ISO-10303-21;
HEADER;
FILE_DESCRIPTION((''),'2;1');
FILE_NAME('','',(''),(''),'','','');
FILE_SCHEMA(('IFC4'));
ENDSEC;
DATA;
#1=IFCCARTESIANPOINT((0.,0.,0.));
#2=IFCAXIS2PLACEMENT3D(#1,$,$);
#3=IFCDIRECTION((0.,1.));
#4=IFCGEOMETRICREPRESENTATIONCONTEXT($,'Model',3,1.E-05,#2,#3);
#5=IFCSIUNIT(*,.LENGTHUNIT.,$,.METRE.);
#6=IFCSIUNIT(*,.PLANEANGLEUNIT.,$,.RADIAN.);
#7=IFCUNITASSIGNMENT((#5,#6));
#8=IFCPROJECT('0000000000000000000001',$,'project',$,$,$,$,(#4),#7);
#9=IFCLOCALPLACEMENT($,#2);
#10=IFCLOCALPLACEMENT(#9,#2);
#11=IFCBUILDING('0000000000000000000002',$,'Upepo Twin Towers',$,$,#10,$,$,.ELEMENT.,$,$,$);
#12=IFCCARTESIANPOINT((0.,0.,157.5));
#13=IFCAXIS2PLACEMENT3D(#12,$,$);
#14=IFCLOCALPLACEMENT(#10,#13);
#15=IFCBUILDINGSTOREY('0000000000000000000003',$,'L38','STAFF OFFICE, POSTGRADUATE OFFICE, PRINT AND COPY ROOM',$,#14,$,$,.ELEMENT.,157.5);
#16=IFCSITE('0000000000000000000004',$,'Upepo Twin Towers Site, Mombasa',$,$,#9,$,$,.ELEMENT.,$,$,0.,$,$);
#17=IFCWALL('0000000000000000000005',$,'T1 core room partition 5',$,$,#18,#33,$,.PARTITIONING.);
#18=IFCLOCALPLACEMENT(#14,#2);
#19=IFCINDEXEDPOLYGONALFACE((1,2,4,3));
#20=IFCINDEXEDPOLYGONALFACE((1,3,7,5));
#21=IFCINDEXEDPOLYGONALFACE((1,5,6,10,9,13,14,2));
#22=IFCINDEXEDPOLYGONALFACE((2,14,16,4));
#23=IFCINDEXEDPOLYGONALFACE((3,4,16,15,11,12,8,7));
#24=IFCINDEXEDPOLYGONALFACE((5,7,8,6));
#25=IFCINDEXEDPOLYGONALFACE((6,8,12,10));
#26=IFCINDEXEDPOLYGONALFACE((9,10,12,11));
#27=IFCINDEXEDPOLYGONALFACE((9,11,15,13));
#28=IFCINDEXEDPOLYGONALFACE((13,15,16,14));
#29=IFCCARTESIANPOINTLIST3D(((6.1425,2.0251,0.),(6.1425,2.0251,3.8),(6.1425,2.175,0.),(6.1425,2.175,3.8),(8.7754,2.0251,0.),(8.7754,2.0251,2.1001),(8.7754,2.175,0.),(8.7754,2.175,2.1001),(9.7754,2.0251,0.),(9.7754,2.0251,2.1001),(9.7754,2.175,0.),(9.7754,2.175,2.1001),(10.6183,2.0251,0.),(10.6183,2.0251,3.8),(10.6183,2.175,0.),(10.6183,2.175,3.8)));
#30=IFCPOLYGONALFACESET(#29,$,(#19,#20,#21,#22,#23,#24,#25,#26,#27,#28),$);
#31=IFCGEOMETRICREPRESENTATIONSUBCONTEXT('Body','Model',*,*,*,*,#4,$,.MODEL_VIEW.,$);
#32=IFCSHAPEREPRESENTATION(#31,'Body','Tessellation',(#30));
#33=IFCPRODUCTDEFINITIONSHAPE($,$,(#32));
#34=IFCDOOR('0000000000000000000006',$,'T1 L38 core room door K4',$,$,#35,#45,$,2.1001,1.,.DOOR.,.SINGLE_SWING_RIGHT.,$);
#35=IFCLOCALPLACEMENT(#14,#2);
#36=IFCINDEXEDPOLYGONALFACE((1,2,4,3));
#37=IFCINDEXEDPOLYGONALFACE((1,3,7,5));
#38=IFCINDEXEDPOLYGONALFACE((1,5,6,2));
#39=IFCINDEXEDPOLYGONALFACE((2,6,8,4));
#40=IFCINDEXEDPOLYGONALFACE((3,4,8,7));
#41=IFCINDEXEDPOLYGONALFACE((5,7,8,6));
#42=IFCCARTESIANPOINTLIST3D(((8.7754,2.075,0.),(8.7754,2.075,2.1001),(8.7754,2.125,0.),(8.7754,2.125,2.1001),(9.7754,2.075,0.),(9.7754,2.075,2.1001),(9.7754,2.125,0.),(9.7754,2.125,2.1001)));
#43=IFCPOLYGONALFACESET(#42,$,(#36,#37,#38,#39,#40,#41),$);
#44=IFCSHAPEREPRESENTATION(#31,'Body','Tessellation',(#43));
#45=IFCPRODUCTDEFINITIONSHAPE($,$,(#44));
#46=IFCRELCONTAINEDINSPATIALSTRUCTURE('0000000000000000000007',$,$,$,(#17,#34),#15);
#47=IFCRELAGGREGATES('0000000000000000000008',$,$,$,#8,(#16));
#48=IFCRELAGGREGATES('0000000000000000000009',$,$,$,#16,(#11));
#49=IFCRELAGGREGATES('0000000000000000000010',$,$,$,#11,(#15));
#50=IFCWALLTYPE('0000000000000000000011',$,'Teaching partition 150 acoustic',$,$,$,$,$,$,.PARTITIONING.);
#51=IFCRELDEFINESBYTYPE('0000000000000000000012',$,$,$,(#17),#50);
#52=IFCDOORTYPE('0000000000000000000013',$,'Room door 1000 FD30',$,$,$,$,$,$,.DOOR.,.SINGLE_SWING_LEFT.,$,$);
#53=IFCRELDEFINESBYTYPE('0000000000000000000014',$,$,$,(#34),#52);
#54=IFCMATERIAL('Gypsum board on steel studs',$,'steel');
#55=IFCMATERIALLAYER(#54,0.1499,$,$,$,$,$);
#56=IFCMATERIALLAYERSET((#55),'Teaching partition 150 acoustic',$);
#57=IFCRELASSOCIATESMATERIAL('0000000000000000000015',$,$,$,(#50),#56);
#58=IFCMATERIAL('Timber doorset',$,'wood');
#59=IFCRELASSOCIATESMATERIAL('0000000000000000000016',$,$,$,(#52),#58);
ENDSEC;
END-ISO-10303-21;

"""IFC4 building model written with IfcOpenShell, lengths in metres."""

from ifc_helpers import new_model, si_unit, direction, frame, frame_2d, origin, place, context, subcontext, project, spatial, rectangle, extrude, material, layer, layer_set, type_object, element, fill, save


model = new_model("IFC4")

# Units and contexts
model_context = context("Model", 3, precision=1e-05, world=origin(), true_north=direction((0.0, 1.0)))
body_context = subcontext(model_context, "Body", "Model", "MODEL_VIEW")
ifc_project = project(units=[si_unit("LENGTHUNIT", "METRE"), si_unit("PLANEANGLEUNIT", "RADIAN")], contexts=[model_context])

# Site, building, storey
site_placement = place(None, origin())
site = spatial("IfcSite", under=ifc_project, at=site_placement, Name="Upepo Twin Towers Site, Mombasa", CompositionType="ELEMENT", RefElevation=0.0)
building_placement = place(site_placement, origin())
building = spatial("IfcBuilding", under=site, at=building_placement, Name="Upepo Twin Towers", CompositionType="ELEMENT")
storey_placement = place(building_placement, frame((0.0, 0.0, 157.5)))
storey = spatial("IfcBuildingStorey", under=building, at=storey_placement, Name="L38", Description="STAFF OFFICE, POSTGRADUATE OFFICE, PRINT AND COPY ROOM", CompositionType="ELEMENT", Elevation=157.5)

# Wall, opening, door
ifc_material_1 = material(Name="Gypsum board on steel studs", Category="steel")
ifc_layer_1 = layer(ifc_material_1, 0.1499)
ifc_layer_set_1 = layer_set([ifc_layer_1], Name="Teaching partition 150 acoustic")
wall_type_1 = type_object("IfcWallType", Name="Teaching partition 150 acoustic", PredefinedType="PARTITIONING", material=ifc_layer_set_1)
ifc_material_2 = material(Name="Timber doorset", Category="wood")
door_type_1 = type_object("IfcDoorType", Name="Room door 1000 FD30", OperationType="SINGLE_SWING_LEFT", PredefinedType="DOOR", material=ifc_material_2)
wall_1_placement = place(storey_placement, frame((6.1426, 2.1001, 0.0), z_axis=(0.0, 0.0, 1.0), x_axis=(1.0, 0.0, 0.0)))
wall_1 = element("IfcWall", 1, at=wall_1_placement, inside=storey, type_object=wall_type_1, Name="T1 core room partition 5", PredefinedType="PARTITIONING", context=body_context, shape_type="SweptSolid", body=[
    extrude(rectangle(XDim=4.4758, YDim=0.1499, at=frame_2d((2.2378, 0.0))), origin(), (0.0, 0.0, 1.0), 3.8),
])
opening_1_placement = place(wall_1_placement, frame((2.6328, 0.0, 0.0)))
opening_1 = element("IfcOpeningElement", 2, at=opening_1_placement, cuts=wall_1, PredefinedType="OPENING", context=body_context, shape_type="SweptSolid", body=[
    extrude(rectangle(XDim=1.0, YDim=2.1001, at=frame_2d((0.5, 1.05))), frame((0.0, 0.085, 0.0), z_axis=(0.0, -1.0, 0.0), x_axis=(1.0, 0.0, 0.0)), (0.0, 0.0, 1.0), 0.1699),
])
door_1_placement = place(opening_1_placement, origin())
door_1 = element("IfcDoor", 3, at=door_1_placement, inside=storey, type_object=door_type_1, Name="T1 L38 core room door K4", OperationType="SINGLE_SWING_RIGHT", OverallHeight=2.1001, OverallWidth=1.0, PredefinedType="DOOR", context=body_context, shape_type="SweptSolid", body=[
    extrude(rectangle(XDim=1.0, YDim=2.1001, at=frame_2d((0.5, 1.05))), frame((0.0, 0.0249, 0.0), z_axis=(0.0, -1.0, 0.0), x_axis=(1.0, 0.0, 0.0)), (0.0, 0.0, 1.0), 0.05),
])
fill(opening_1, door_1)

save(model, "model.ifc")
